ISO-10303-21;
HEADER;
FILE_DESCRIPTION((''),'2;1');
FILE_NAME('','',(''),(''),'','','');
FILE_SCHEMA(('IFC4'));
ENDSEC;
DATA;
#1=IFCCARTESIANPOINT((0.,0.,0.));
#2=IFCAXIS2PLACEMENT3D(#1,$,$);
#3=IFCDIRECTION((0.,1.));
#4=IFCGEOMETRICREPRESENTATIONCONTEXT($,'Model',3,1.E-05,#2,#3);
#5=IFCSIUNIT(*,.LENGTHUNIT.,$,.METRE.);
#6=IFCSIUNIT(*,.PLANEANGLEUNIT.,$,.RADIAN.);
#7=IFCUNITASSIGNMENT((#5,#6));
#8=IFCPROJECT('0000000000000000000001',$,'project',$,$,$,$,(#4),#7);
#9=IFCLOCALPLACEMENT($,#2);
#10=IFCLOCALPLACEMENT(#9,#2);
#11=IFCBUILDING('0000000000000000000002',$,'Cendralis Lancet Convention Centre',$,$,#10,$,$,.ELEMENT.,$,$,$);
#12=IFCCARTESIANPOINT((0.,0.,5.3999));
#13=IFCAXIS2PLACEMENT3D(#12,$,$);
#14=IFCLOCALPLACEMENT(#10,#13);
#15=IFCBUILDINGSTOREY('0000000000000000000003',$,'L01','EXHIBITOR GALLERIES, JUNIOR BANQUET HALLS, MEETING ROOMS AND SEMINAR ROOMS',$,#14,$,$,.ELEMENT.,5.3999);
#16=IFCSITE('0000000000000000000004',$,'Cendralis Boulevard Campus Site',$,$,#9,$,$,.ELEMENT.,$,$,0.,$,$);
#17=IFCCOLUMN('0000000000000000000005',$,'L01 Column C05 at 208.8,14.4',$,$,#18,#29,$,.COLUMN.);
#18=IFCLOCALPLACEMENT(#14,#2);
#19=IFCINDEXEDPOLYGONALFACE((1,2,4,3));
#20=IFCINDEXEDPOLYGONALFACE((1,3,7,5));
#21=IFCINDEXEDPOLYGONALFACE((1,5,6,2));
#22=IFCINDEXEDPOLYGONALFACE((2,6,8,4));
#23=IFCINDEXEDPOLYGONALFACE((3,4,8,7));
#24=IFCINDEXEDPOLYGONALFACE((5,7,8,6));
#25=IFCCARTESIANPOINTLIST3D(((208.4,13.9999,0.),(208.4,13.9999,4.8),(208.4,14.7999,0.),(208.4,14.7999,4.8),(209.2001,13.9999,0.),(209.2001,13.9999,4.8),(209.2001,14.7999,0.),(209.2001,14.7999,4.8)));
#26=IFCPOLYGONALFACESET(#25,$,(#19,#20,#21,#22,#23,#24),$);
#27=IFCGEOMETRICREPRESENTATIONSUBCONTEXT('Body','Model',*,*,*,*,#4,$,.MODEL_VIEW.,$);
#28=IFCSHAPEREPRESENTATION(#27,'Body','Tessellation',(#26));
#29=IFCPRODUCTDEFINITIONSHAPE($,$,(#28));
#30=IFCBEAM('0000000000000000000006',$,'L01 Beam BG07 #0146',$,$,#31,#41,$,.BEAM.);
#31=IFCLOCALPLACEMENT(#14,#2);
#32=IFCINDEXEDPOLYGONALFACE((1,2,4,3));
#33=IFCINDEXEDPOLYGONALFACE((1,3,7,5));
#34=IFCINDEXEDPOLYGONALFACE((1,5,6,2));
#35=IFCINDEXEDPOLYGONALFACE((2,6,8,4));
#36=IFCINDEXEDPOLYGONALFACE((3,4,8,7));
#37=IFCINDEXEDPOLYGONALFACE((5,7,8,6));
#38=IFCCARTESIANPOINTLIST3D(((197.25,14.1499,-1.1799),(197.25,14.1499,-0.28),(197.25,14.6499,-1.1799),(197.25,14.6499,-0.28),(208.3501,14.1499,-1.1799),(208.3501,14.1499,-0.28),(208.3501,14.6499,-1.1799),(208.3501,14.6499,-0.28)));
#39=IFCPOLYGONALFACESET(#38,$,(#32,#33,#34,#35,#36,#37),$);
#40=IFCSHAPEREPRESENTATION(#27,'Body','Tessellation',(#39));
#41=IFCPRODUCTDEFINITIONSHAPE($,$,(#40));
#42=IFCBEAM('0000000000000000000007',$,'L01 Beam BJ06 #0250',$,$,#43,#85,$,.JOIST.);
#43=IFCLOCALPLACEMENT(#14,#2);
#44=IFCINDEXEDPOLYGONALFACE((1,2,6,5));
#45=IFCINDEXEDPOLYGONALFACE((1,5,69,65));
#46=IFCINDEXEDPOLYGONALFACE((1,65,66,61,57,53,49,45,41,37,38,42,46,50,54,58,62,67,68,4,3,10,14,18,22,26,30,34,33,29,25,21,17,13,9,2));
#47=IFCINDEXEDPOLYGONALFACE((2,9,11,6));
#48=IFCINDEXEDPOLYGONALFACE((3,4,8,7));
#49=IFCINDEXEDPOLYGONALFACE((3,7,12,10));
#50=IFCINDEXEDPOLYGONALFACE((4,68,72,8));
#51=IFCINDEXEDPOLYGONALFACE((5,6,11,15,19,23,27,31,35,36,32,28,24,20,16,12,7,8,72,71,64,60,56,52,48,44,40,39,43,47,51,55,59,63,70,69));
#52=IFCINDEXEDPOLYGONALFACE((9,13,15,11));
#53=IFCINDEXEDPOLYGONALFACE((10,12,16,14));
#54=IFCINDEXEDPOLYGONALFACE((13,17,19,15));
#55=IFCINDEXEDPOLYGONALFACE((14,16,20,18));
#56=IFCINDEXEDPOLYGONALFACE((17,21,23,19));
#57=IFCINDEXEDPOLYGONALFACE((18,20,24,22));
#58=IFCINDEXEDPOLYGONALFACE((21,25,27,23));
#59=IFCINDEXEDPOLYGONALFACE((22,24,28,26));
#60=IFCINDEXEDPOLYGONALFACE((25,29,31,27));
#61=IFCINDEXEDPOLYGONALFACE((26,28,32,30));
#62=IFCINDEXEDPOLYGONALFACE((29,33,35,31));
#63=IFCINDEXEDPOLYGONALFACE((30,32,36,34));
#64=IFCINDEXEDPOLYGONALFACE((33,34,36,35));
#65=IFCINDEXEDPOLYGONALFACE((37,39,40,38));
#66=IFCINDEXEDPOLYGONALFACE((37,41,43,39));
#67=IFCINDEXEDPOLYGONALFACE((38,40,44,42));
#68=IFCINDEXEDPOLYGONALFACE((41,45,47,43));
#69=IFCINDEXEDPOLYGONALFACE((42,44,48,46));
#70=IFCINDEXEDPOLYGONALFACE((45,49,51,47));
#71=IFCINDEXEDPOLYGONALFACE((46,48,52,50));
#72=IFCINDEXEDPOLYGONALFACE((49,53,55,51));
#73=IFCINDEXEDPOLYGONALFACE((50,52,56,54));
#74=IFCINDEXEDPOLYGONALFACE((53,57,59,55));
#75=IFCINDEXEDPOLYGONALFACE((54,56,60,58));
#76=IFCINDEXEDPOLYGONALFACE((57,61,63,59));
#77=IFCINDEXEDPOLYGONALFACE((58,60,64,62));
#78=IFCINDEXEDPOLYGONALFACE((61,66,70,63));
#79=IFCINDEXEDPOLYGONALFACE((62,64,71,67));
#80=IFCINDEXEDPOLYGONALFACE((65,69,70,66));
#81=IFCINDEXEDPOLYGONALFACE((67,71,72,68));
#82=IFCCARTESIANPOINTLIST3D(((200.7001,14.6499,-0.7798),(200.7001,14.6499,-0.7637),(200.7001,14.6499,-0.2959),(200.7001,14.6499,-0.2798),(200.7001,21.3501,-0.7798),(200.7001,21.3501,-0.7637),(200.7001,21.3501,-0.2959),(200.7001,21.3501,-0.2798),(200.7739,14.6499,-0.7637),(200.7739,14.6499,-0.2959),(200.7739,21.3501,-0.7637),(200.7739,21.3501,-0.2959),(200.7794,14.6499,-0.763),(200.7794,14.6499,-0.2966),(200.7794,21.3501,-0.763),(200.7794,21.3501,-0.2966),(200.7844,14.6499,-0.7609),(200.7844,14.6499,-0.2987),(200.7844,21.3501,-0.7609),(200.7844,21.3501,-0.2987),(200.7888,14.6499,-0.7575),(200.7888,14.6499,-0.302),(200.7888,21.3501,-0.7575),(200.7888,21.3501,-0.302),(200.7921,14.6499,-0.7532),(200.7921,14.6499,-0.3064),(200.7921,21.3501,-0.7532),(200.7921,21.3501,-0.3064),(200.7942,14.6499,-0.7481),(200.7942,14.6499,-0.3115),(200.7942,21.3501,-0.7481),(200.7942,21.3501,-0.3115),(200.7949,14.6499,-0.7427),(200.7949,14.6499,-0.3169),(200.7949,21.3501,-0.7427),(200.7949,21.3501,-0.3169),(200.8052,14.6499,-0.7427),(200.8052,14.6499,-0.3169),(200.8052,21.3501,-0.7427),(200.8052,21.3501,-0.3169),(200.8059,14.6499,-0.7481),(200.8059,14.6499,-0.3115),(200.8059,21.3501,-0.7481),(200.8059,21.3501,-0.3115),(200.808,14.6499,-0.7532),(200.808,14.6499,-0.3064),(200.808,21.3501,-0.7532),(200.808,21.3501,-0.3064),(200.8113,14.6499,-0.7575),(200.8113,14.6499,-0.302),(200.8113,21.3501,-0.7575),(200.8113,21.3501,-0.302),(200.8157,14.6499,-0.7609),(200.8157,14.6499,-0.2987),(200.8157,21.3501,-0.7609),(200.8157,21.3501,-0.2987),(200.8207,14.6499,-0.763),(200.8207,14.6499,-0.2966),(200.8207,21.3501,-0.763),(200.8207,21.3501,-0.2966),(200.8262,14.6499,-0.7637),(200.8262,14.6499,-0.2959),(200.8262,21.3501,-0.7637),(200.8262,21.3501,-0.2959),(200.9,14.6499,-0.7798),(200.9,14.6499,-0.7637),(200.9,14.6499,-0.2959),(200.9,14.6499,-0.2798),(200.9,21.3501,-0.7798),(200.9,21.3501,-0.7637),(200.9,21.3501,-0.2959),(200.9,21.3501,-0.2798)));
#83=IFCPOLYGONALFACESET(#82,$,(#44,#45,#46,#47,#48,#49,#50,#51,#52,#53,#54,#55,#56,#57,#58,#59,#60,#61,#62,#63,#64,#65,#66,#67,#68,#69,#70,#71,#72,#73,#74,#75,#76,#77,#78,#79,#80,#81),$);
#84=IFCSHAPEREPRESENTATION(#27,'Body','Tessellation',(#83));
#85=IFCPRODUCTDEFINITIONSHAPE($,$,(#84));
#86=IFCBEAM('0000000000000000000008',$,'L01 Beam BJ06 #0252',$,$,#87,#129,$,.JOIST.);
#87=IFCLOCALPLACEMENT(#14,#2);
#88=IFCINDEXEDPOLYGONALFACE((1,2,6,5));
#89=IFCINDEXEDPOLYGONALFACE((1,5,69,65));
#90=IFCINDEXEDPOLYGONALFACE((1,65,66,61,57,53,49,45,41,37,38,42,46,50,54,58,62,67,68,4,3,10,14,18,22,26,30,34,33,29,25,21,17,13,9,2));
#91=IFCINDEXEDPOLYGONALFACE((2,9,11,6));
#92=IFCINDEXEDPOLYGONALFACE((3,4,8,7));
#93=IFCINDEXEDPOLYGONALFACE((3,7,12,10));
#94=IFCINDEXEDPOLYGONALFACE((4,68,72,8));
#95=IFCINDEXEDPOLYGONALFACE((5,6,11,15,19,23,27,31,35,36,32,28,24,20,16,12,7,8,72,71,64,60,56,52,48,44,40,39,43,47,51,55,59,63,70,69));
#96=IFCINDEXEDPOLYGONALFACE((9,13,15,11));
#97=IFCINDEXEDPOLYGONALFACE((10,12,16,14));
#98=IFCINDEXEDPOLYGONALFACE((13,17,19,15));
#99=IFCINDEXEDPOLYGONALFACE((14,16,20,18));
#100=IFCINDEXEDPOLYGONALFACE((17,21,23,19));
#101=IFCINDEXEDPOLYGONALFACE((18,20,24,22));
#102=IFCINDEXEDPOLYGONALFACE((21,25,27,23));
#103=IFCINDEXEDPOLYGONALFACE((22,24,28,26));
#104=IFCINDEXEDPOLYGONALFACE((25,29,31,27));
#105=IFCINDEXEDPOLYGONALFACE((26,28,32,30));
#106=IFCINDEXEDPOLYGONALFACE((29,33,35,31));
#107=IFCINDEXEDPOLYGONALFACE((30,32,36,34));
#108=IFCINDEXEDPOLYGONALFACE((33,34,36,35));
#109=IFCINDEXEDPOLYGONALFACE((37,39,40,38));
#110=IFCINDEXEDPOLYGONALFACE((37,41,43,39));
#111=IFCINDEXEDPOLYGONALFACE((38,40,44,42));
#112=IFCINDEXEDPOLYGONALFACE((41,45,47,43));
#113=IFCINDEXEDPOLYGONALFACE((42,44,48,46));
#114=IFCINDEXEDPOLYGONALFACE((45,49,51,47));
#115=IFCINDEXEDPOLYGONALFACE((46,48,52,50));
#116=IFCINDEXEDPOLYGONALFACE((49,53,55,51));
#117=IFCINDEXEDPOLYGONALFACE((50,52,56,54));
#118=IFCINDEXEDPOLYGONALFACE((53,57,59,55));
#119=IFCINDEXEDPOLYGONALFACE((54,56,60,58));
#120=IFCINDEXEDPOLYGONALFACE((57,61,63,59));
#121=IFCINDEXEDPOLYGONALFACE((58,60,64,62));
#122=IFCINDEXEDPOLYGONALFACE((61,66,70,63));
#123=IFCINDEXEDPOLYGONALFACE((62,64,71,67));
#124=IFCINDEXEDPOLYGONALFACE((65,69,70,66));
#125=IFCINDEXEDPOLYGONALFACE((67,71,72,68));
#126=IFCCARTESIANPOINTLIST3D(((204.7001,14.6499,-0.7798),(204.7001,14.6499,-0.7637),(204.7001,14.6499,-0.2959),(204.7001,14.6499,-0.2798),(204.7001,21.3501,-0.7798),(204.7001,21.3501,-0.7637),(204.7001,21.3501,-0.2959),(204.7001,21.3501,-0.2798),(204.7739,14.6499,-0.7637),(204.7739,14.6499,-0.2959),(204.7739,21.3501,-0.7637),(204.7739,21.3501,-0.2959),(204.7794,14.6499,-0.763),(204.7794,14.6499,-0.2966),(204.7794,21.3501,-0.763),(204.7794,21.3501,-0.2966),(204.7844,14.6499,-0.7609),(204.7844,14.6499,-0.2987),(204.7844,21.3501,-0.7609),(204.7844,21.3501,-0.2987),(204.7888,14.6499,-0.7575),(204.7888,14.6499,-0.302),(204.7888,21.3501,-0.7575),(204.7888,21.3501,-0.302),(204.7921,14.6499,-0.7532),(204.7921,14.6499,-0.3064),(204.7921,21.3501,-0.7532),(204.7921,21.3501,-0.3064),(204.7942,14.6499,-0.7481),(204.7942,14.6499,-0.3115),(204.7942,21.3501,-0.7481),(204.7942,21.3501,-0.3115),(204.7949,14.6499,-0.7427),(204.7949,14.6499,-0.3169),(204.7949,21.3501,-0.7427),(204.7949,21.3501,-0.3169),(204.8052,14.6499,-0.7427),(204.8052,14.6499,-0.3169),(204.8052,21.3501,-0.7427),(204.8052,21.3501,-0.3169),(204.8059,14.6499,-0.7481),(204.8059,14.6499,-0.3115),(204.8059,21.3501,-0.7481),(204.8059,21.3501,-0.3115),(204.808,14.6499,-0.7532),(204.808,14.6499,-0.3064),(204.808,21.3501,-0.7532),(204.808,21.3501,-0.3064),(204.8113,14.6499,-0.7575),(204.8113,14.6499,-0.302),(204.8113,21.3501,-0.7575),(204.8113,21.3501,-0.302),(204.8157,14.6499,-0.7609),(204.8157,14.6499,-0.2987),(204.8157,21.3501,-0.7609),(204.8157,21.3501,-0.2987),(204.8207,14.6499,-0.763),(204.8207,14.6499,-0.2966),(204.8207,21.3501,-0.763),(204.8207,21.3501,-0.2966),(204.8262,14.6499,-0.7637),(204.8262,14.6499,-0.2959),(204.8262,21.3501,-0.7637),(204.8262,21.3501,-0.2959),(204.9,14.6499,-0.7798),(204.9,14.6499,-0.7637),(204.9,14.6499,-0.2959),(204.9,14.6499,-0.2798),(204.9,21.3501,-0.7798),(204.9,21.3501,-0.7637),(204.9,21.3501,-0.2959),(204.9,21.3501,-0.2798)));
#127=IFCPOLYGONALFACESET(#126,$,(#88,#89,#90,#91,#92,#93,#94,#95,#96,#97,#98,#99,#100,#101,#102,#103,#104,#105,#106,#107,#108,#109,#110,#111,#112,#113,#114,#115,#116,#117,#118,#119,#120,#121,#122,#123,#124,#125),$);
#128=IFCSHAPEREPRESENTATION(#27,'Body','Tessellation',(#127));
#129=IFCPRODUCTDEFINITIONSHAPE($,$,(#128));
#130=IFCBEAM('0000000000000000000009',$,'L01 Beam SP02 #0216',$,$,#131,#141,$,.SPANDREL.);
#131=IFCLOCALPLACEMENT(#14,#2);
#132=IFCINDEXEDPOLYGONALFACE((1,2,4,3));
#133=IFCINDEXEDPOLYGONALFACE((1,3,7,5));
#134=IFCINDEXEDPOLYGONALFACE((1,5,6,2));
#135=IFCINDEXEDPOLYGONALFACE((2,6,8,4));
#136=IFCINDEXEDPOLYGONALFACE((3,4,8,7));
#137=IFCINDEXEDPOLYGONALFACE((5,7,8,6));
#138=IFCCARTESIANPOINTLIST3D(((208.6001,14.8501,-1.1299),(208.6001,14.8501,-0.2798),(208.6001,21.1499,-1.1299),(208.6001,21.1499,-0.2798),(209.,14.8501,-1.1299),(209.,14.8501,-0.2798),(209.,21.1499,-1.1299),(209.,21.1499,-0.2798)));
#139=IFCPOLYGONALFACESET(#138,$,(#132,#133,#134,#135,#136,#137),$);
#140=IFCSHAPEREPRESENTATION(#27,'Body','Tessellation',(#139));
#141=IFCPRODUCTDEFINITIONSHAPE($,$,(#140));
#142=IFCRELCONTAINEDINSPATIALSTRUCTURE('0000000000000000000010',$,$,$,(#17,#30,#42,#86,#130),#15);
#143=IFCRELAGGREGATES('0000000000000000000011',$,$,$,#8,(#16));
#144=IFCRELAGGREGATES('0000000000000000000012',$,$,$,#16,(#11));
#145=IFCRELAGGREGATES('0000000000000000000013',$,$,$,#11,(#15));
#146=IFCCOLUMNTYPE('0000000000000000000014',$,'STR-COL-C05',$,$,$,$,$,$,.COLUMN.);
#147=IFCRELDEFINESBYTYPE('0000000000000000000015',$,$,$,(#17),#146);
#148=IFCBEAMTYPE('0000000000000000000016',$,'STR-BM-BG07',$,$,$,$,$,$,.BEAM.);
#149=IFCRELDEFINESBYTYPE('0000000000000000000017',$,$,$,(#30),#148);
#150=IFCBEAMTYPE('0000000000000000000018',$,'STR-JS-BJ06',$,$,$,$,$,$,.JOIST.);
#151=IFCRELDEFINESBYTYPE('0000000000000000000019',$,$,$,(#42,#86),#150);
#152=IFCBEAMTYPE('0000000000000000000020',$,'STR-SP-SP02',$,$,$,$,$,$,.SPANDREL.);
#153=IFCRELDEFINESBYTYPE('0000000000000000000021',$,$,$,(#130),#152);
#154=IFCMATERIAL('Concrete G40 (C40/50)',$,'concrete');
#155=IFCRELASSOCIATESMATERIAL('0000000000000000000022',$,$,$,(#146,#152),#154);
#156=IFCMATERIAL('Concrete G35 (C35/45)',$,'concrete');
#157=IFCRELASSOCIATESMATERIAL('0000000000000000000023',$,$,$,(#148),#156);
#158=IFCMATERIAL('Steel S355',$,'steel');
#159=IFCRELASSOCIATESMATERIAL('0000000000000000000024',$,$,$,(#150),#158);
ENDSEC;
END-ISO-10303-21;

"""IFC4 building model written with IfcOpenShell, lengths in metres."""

from ifc_helpers import new_model, si_unit, direction, frame, origin, origin_2d, place, context, subcontext, project, spatial, rectangle, i_section, extrude, material, material_profile, profile_set, type_object, element, save


model = new_model("IFC4")

# Units and contexts
model_context = context("Model", 3, precision=1e-05, world=origin(), true_north=direction((0.0, 1.0)))
body_context = subcontext(model_context, "Body", "Model", "MODEL_VIEW")
ifc_project = project(units=[si_unit("LENGTHUNIT", "METRE"), si_unit("PLANEANGLEUNIT", "RADIAN")], contexts=[model_context])

# Site, building, storey
site_placement = place(None, origin())
site = spatial("IfcSite", under=ifc_project, at=site_placement, Name="Cendralis Boulevard Campus Site", CompositionType="ELEMENT", RefElevation=0.0)
building_placement = place(site_placement, origin())
building = spatial("IfcBuilding", under=site, at=building_placement, Name="Cendralis Lancet Convention Centre", CompositionType="ELEMENT")
storey_placement = place(building_placement, frame((0.0, 0.0, 5.3999)))
storey = spatial("IfcBuildingStorey", under=building, at=storey_placement, Name="L01", Description="EXHIBITOR GALLERIES, JUNIOR BANQUET HALLS, MEETING ROOMS AND SEMINAR ROOMS", CompositionType="ELEMENT", Elevation=5.3999)

# Column
ifc_material_1 = material(Name="Concrete G40 (C40/50)", Category="concrete")
ifc_material_profile_1 = material_profile(ifc_material_1, rectangle(XDim=0.8, YDim=0.8, at=origin_2d()), Name="RC 800x800")
ifc_profile_set_1 = profile_set([ifc_material_profile_1], Name="Concrete G40 (C40/50)")
column_type = type_object("IfcColumnType", Name="STR-COL-C05", PredefinedType="COLUMN", material=ifc_profile_set_1)
column_placement = place(storey_placement, frame((208.8, 14.3999, 0.0), z_axis=(0.0, 0.0, 1.0), x_axis=(1.0, 0.0, 0.0)))
element("IfcColumn", 1, at=column_placement, inside=storey, type_object=column_type, Name="L01 Column C05 at 208.8,14.4", PredefinedType="COLUMN", context=body_context, shape_type="SweptSolid", body=[
    extrude(rectangle(XDim=0.8, YDim=0.8, at=origin_2d()), origin(), (0.0, 0.0, 1.0), 4.8),
])

# Beams
ifc_material_2 = material(Name="Concrete G35 (C35/45)", Category="concrete")
ifc_material_profile_2 = material_profile(ifc_material_2, rectangle(XDim=0.5, YDim=0.8999, at=origin_2d()), Name="RCB 500x900")
ifc_profile_set_2 = profile_set([ifc_material_profile_2], Name="Concrete G35 (C35/45)")
beam_type_1 = type_object("IfcBeamType", Name="STR-BM-BG07", PredefinedType="BEAM", material=ifc_profile_set_2)
beam_1_placement = place(storey_placement, frame((197.25, 14.3999, -0.73), z_axis=(1.0, 0.0, 0.0), x_axis=(0.0, 1.0, 0.0)))
element("IfcBeam", 2, at=beam_1_placement, inside=storey, type_object=beam_type_1, Name="L01 Beam BG07 #0146", PredefinedType="BEAM", context=body_context, shape_type="SweptSolid", body=[
    extrude(rectangle(XDim=0.5, YDim=0.8999, at=origin_2d()), origin(), (0.0, 0.0, 1.0), 11.1001),
])
ifc_material_3 = material(Name="Steel S355", Category="steel")
ifc_material_profile_3 = material_profile(ifc_material_3, i_section(OverallWidth=0.2, OverallDepth=0.5, WebThickness=0.0103, FlangeThickness=0.0161, FilletRadius=0.021, at=origin_2d()), Name="IPE 500")
ifc_profile_set_3 = profile_set([ifc_material_profile_3], Name="Steel S355")
beam_type_2 = type_object("IfcBeamType", Name="STR-JS-BJ06", PredefinedType="JOIST", material=ifc_profile_set_3)
for number, where, z_axis, x_axis, name in (
    (3, (200.8, 14.6499, -0.5298), (0.0, 1.0, 0.0), (-1.0, 0.0, 0.0), "L01 Beam BJ06 #0250"),
    (4, (204.8, 14.6499, -0.5298), (0.0, 1.0, 0.0), (-1.0, 0.0, 0.0), "L01 Beam BJ06 #0252"),
):
    element("IfcBeam", number, at=place(storey_placement, frame(where, z_axis=z_axis, x_axis=x_axis)), inside=storey, type_object=beam_type_2, Name=name, PredefinedType="JOIST", context=body_context, shape_type="SweptSolid", body=[
        extrude(i_section(OverallWidth=0.2, OverallDepth=0.5, WebThickness=0.0103, FlangeThickness=0.0161, FilletRadius=0.021, at=origin_2d()), origin(), (0.0, 0.0, 1.0), 6.7002),
    ])
ifc_material_profile_4 = material_profile(ifc_material_1, rectangle(XDim=0.3999, YDim=0.8501, at=origin_2d()), Name="RCB 400x850")
ifc_profile_set_4 = profile_set([ifc_material_profile_4], Name="Concrete G40 (C40/50)")
beam_type_3 = type_object("IfcBeamType", Name="STR-SP-SP02", PredefinedType="SPANDREL", material=ifc_profile_set_4)
beam_2_placement = place(storey_placement, frame((208.8, 14.8501, -0.7048), z_axis=(0.0, 1.0, 0.0), x_axis=(-1.0, 0.0, 0.0)))
element("IfcBeam", 5, at=beam_2_placement, inside=storey, type_object=beam_type_3, Name="L01 Beam SP02 #0216", PredefinedType="SPANDREL", context=body_context, shape_type="SweptSolid", body=[
    extrude(rectangle(XDim=0.3999, YDim=0.8501, at=origin_2d()), origin(), (0.0, 0.0, 1.0), 6.2998),
])

save(model, "model.ifc")
